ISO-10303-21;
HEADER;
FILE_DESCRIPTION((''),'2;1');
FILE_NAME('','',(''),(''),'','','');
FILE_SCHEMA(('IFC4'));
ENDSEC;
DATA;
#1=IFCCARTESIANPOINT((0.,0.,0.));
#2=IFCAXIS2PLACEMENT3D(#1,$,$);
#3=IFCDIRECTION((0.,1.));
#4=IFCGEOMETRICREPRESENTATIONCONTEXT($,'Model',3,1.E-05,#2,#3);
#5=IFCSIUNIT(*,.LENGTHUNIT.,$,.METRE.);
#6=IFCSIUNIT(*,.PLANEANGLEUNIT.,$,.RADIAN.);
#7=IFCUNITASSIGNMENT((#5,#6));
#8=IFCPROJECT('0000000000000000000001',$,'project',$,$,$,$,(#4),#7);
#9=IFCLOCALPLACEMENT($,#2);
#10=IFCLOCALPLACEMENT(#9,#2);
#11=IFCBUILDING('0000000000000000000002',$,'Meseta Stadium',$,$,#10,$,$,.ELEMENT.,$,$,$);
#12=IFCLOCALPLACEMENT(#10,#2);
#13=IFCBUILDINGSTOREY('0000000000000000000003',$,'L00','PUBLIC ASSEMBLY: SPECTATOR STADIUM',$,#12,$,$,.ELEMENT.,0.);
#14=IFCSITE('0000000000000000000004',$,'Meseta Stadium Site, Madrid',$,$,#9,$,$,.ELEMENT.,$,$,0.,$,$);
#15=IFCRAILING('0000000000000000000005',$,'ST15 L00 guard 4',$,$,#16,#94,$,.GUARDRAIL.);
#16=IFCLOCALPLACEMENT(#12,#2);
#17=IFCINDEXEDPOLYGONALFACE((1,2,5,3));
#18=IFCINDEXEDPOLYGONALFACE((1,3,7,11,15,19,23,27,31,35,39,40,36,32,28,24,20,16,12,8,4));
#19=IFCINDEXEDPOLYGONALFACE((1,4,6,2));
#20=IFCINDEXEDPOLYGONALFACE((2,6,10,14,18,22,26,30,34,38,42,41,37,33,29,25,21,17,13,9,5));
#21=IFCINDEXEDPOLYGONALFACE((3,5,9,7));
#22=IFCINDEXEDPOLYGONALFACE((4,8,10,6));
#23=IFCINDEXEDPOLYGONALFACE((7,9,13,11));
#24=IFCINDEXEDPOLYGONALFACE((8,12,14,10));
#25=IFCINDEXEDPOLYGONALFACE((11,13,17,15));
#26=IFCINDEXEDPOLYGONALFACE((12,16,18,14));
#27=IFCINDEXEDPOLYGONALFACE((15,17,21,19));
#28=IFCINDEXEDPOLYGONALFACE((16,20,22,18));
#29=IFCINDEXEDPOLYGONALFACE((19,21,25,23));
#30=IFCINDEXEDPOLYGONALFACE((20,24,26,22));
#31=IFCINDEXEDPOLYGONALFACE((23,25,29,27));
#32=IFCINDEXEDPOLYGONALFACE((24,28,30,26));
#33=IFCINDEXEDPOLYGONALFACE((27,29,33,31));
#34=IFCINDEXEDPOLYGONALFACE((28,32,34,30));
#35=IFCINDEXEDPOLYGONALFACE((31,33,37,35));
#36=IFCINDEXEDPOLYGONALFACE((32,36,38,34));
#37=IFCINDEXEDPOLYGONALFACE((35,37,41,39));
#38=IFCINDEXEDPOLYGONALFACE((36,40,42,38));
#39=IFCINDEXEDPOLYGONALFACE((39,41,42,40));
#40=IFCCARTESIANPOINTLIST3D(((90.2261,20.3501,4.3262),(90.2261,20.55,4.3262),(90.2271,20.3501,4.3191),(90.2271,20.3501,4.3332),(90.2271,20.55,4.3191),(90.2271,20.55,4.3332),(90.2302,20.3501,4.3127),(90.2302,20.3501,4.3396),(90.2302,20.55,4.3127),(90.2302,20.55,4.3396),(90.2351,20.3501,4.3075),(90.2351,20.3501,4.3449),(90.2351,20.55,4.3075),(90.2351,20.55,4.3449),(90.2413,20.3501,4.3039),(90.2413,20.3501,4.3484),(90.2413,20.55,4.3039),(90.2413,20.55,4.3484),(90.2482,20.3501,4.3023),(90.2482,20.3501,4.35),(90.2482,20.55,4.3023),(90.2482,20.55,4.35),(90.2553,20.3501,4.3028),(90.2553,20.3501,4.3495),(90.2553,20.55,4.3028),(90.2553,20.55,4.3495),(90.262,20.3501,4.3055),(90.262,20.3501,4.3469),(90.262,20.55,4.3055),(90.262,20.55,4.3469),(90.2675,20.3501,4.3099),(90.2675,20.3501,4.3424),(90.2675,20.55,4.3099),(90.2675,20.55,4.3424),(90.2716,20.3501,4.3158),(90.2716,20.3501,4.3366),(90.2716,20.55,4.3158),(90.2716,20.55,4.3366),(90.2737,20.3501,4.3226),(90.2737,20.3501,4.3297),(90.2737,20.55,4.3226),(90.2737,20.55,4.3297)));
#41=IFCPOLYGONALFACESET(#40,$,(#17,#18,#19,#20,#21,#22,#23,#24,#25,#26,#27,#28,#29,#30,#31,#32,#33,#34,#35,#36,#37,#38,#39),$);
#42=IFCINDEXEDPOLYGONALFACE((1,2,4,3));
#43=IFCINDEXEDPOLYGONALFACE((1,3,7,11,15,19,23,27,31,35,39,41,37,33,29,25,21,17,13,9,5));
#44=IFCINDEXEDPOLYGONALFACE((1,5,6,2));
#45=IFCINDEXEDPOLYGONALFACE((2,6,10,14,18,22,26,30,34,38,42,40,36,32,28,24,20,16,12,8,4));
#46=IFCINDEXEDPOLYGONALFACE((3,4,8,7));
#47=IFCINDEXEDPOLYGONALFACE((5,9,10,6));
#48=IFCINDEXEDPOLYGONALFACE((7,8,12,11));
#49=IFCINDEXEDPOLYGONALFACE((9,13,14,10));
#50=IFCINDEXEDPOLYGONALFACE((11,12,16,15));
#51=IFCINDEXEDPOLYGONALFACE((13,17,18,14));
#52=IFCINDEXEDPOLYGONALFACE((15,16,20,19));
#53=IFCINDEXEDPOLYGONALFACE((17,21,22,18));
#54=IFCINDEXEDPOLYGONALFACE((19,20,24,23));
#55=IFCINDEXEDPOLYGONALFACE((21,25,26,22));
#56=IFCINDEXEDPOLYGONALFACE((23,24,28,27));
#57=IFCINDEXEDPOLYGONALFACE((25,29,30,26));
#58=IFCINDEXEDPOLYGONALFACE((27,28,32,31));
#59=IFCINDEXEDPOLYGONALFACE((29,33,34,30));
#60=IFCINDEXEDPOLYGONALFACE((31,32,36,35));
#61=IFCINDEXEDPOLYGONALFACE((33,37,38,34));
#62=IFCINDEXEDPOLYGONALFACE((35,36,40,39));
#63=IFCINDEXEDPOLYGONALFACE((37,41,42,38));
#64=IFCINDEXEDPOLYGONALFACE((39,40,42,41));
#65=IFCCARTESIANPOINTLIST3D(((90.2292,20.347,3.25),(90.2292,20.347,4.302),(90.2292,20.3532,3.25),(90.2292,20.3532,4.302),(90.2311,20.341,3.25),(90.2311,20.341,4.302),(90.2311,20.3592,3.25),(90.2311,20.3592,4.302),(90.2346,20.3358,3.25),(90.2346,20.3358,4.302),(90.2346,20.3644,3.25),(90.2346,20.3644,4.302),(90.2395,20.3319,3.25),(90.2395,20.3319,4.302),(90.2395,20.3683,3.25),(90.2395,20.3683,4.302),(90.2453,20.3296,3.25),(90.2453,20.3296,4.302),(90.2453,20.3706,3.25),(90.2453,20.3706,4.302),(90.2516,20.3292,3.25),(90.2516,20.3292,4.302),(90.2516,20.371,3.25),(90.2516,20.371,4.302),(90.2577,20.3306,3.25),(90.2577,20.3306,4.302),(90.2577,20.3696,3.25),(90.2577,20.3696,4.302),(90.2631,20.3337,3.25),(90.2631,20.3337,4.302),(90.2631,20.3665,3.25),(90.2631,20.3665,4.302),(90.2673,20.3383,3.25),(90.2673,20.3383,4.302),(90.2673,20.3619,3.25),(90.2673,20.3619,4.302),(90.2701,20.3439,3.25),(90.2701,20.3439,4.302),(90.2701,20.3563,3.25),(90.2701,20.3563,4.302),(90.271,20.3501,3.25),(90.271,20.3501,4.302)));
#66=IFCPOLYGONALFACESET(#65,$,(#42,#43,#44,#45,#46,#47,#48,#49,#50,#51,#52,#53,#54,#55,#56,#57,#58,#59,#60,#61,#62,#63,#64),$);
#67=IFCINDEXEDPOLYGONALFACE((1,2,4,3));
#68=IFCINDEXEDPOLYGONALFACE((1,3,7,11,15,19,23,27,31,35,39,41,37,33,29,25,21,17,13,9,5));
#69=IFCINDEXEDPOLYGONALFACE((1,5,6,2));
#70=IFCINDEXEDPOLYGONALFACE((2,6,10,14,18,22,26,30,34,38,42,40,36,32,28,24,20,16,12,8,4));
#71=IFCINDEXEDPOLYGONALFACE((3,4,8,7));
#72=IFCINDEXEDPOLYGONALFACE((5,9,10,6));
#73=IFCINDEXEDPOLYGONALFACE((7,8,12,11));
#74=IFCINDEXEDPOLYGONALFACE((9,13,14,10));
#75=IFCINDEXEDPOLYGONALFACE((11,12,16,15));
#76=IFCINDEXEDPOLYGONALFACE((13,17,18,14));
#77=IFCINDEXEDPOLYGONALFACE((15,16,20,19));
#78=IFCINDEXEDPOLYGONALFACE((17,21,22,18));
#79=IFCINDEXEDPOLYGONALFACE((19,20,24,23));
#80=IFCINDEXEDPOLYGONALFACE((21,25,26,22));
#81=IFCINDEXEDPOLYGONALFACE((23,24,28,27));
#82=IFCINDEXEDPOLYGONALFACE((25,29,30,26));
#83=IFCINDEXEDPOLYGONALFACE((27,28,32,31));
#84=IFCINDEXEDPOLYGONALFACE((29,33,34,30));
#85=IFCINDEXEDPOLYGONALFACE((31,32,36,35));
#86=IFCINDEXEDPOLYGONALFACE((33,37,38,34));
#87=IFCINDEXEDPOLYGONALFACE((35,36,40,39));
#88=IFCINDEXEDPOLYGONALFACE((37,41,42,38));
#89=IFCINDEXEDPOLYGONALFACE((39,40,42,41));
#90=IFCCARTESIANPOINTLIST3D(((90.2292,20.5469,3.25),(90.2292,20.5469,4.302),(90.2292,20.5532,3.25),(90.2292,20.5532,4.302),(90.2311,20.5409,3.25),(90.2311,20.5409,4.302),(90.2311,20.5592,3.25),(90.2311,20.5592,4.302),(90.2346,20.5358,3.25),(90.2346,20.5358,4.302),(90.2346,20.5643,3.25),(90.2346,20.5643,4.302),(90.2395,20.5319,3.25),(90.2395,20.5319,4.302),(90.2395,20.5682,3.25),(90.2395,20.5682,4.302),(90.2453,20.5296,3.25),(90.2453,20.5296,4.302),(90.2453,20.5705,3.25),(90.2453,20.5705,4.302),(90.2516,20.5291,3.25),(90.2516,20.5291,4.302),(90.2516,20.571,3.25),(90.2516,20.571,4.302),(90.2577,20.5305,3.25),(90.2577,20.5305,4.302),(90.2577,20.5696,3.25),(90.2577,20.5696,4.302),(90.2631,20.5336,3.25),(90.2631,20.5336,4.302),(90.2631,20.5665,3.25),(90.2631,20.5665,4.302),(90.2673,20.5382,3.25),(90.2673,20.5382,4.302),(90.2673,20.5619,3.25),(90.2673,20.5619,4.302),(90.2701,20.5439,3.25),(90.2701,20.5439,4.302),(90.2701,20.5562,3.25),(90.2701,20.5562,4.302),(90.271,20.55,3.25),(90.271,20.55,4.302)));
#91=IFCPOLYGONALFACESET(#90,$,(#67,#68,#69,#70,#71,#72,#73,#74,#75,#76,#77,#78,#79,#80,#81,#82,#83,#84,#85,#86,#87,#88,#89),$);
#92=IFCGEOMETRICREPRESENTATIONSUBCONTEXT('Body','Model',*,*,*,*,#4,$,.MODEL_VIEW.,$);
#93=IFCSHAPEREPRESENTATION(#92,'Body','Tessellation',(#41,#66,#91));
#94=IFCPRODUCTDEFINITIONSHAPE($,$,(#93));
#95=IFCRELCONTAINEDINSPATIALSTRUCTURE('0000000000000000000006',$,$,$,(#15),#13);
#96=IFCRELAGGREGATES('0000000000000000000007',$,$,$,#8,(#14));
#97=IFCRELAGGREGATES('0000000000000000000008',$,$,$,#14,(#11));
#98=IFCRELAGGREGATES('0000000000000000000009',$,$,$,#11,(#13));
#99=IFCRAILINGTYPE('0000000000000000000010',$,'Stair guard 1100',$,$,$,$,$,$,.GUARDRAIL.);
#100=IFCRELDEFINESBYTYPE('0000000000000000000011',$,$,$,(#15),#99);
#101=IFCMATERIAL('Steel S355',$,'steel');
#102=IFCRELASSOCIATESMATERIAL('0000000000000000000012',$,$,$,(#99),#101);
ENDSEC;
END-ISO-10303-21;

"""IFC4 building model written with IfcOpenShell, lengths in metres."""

from ifc_helpers import new_model, si_unit, direction, frame, origin, origin_2d, place, context, subcontext, project, spatial, circle, extrude, material, type_object, element, save


model = new_model("IFC4")

# Units and contexts
model_context = context("Model", 3, precision=1e-05, world=origin(), true_north=direction((0.0, 1.0)))
body_context = subcontext(model_context, "Body", "Model", "MODEL_VIEW")
ifc_project = project(units=[si_unit("LENGTHUNIT", "METRE"), si_unit("PLANEANGLEUNIT", "RADIAN")], contexts=[model_context])

# Site, building, storey
site_placement = place(None, origin())
site = spatial("IfcSite", under=ifc_project, at=site_placement, Name="Meseta Stadium Site, Madrid", CompositionType="ELEMENT", RefElevation=0.0)
building_placement = place(site_placement, origin())
building = spatial("IfcBuilding", under=site, at=building_placement, Name="Meseta Stadium", CompositionType="ELEMENT")
storey_placement = place(building_placement, origin())
storey = spatial("IfcBuildingStorey", under=building, at=storey_placement, Name="L00", Description="PUBLIC ASSEMBLY: SPECTATOR STADIUM", CompositionType="ELEMENT", Elevation=0.0)

# Railing
ifc_material_1 = material(Name="Steel S355", Category="steel")
railing_type_1 = type_object("IfcRailingType", Name="Stair guard 1100", PredefinedType="GUARDRAIL", material=ifc_material_1)
railing_1_placement = place(storey_placement, frame((90.25, 20.3501, 3.25)))
element("IfcRailing", 1, at=railing_1_placement, inside=storey, type_object=railing_type_1, Name="ST15 L00 guard 4", PredefinedType="GUARDRAIL", context=body_context, shape_type="SweptSolid", body=[
    extrude(circle(Radius=0.0239, at=origin_2d()), frame((0.0, 0.0, 1.0762), z_axis=(0.0, 1.0, 0.0), x_axis=(-1.0, 0.0, 0.0)), (0.0, 0.0, 1.0), 0.2),
    extrude(circle(Radius=0.021, at=origin_2d()), origin(), (0.0, 0.0, 1.0), 1.052),
    extrude(circle(Radius=0.021, at=origin_2d()), frame((0.0, 0.2, 0.0)), (0.0, 0.0, 1.0), 1.052),
])

save(model, "model.ifc")
